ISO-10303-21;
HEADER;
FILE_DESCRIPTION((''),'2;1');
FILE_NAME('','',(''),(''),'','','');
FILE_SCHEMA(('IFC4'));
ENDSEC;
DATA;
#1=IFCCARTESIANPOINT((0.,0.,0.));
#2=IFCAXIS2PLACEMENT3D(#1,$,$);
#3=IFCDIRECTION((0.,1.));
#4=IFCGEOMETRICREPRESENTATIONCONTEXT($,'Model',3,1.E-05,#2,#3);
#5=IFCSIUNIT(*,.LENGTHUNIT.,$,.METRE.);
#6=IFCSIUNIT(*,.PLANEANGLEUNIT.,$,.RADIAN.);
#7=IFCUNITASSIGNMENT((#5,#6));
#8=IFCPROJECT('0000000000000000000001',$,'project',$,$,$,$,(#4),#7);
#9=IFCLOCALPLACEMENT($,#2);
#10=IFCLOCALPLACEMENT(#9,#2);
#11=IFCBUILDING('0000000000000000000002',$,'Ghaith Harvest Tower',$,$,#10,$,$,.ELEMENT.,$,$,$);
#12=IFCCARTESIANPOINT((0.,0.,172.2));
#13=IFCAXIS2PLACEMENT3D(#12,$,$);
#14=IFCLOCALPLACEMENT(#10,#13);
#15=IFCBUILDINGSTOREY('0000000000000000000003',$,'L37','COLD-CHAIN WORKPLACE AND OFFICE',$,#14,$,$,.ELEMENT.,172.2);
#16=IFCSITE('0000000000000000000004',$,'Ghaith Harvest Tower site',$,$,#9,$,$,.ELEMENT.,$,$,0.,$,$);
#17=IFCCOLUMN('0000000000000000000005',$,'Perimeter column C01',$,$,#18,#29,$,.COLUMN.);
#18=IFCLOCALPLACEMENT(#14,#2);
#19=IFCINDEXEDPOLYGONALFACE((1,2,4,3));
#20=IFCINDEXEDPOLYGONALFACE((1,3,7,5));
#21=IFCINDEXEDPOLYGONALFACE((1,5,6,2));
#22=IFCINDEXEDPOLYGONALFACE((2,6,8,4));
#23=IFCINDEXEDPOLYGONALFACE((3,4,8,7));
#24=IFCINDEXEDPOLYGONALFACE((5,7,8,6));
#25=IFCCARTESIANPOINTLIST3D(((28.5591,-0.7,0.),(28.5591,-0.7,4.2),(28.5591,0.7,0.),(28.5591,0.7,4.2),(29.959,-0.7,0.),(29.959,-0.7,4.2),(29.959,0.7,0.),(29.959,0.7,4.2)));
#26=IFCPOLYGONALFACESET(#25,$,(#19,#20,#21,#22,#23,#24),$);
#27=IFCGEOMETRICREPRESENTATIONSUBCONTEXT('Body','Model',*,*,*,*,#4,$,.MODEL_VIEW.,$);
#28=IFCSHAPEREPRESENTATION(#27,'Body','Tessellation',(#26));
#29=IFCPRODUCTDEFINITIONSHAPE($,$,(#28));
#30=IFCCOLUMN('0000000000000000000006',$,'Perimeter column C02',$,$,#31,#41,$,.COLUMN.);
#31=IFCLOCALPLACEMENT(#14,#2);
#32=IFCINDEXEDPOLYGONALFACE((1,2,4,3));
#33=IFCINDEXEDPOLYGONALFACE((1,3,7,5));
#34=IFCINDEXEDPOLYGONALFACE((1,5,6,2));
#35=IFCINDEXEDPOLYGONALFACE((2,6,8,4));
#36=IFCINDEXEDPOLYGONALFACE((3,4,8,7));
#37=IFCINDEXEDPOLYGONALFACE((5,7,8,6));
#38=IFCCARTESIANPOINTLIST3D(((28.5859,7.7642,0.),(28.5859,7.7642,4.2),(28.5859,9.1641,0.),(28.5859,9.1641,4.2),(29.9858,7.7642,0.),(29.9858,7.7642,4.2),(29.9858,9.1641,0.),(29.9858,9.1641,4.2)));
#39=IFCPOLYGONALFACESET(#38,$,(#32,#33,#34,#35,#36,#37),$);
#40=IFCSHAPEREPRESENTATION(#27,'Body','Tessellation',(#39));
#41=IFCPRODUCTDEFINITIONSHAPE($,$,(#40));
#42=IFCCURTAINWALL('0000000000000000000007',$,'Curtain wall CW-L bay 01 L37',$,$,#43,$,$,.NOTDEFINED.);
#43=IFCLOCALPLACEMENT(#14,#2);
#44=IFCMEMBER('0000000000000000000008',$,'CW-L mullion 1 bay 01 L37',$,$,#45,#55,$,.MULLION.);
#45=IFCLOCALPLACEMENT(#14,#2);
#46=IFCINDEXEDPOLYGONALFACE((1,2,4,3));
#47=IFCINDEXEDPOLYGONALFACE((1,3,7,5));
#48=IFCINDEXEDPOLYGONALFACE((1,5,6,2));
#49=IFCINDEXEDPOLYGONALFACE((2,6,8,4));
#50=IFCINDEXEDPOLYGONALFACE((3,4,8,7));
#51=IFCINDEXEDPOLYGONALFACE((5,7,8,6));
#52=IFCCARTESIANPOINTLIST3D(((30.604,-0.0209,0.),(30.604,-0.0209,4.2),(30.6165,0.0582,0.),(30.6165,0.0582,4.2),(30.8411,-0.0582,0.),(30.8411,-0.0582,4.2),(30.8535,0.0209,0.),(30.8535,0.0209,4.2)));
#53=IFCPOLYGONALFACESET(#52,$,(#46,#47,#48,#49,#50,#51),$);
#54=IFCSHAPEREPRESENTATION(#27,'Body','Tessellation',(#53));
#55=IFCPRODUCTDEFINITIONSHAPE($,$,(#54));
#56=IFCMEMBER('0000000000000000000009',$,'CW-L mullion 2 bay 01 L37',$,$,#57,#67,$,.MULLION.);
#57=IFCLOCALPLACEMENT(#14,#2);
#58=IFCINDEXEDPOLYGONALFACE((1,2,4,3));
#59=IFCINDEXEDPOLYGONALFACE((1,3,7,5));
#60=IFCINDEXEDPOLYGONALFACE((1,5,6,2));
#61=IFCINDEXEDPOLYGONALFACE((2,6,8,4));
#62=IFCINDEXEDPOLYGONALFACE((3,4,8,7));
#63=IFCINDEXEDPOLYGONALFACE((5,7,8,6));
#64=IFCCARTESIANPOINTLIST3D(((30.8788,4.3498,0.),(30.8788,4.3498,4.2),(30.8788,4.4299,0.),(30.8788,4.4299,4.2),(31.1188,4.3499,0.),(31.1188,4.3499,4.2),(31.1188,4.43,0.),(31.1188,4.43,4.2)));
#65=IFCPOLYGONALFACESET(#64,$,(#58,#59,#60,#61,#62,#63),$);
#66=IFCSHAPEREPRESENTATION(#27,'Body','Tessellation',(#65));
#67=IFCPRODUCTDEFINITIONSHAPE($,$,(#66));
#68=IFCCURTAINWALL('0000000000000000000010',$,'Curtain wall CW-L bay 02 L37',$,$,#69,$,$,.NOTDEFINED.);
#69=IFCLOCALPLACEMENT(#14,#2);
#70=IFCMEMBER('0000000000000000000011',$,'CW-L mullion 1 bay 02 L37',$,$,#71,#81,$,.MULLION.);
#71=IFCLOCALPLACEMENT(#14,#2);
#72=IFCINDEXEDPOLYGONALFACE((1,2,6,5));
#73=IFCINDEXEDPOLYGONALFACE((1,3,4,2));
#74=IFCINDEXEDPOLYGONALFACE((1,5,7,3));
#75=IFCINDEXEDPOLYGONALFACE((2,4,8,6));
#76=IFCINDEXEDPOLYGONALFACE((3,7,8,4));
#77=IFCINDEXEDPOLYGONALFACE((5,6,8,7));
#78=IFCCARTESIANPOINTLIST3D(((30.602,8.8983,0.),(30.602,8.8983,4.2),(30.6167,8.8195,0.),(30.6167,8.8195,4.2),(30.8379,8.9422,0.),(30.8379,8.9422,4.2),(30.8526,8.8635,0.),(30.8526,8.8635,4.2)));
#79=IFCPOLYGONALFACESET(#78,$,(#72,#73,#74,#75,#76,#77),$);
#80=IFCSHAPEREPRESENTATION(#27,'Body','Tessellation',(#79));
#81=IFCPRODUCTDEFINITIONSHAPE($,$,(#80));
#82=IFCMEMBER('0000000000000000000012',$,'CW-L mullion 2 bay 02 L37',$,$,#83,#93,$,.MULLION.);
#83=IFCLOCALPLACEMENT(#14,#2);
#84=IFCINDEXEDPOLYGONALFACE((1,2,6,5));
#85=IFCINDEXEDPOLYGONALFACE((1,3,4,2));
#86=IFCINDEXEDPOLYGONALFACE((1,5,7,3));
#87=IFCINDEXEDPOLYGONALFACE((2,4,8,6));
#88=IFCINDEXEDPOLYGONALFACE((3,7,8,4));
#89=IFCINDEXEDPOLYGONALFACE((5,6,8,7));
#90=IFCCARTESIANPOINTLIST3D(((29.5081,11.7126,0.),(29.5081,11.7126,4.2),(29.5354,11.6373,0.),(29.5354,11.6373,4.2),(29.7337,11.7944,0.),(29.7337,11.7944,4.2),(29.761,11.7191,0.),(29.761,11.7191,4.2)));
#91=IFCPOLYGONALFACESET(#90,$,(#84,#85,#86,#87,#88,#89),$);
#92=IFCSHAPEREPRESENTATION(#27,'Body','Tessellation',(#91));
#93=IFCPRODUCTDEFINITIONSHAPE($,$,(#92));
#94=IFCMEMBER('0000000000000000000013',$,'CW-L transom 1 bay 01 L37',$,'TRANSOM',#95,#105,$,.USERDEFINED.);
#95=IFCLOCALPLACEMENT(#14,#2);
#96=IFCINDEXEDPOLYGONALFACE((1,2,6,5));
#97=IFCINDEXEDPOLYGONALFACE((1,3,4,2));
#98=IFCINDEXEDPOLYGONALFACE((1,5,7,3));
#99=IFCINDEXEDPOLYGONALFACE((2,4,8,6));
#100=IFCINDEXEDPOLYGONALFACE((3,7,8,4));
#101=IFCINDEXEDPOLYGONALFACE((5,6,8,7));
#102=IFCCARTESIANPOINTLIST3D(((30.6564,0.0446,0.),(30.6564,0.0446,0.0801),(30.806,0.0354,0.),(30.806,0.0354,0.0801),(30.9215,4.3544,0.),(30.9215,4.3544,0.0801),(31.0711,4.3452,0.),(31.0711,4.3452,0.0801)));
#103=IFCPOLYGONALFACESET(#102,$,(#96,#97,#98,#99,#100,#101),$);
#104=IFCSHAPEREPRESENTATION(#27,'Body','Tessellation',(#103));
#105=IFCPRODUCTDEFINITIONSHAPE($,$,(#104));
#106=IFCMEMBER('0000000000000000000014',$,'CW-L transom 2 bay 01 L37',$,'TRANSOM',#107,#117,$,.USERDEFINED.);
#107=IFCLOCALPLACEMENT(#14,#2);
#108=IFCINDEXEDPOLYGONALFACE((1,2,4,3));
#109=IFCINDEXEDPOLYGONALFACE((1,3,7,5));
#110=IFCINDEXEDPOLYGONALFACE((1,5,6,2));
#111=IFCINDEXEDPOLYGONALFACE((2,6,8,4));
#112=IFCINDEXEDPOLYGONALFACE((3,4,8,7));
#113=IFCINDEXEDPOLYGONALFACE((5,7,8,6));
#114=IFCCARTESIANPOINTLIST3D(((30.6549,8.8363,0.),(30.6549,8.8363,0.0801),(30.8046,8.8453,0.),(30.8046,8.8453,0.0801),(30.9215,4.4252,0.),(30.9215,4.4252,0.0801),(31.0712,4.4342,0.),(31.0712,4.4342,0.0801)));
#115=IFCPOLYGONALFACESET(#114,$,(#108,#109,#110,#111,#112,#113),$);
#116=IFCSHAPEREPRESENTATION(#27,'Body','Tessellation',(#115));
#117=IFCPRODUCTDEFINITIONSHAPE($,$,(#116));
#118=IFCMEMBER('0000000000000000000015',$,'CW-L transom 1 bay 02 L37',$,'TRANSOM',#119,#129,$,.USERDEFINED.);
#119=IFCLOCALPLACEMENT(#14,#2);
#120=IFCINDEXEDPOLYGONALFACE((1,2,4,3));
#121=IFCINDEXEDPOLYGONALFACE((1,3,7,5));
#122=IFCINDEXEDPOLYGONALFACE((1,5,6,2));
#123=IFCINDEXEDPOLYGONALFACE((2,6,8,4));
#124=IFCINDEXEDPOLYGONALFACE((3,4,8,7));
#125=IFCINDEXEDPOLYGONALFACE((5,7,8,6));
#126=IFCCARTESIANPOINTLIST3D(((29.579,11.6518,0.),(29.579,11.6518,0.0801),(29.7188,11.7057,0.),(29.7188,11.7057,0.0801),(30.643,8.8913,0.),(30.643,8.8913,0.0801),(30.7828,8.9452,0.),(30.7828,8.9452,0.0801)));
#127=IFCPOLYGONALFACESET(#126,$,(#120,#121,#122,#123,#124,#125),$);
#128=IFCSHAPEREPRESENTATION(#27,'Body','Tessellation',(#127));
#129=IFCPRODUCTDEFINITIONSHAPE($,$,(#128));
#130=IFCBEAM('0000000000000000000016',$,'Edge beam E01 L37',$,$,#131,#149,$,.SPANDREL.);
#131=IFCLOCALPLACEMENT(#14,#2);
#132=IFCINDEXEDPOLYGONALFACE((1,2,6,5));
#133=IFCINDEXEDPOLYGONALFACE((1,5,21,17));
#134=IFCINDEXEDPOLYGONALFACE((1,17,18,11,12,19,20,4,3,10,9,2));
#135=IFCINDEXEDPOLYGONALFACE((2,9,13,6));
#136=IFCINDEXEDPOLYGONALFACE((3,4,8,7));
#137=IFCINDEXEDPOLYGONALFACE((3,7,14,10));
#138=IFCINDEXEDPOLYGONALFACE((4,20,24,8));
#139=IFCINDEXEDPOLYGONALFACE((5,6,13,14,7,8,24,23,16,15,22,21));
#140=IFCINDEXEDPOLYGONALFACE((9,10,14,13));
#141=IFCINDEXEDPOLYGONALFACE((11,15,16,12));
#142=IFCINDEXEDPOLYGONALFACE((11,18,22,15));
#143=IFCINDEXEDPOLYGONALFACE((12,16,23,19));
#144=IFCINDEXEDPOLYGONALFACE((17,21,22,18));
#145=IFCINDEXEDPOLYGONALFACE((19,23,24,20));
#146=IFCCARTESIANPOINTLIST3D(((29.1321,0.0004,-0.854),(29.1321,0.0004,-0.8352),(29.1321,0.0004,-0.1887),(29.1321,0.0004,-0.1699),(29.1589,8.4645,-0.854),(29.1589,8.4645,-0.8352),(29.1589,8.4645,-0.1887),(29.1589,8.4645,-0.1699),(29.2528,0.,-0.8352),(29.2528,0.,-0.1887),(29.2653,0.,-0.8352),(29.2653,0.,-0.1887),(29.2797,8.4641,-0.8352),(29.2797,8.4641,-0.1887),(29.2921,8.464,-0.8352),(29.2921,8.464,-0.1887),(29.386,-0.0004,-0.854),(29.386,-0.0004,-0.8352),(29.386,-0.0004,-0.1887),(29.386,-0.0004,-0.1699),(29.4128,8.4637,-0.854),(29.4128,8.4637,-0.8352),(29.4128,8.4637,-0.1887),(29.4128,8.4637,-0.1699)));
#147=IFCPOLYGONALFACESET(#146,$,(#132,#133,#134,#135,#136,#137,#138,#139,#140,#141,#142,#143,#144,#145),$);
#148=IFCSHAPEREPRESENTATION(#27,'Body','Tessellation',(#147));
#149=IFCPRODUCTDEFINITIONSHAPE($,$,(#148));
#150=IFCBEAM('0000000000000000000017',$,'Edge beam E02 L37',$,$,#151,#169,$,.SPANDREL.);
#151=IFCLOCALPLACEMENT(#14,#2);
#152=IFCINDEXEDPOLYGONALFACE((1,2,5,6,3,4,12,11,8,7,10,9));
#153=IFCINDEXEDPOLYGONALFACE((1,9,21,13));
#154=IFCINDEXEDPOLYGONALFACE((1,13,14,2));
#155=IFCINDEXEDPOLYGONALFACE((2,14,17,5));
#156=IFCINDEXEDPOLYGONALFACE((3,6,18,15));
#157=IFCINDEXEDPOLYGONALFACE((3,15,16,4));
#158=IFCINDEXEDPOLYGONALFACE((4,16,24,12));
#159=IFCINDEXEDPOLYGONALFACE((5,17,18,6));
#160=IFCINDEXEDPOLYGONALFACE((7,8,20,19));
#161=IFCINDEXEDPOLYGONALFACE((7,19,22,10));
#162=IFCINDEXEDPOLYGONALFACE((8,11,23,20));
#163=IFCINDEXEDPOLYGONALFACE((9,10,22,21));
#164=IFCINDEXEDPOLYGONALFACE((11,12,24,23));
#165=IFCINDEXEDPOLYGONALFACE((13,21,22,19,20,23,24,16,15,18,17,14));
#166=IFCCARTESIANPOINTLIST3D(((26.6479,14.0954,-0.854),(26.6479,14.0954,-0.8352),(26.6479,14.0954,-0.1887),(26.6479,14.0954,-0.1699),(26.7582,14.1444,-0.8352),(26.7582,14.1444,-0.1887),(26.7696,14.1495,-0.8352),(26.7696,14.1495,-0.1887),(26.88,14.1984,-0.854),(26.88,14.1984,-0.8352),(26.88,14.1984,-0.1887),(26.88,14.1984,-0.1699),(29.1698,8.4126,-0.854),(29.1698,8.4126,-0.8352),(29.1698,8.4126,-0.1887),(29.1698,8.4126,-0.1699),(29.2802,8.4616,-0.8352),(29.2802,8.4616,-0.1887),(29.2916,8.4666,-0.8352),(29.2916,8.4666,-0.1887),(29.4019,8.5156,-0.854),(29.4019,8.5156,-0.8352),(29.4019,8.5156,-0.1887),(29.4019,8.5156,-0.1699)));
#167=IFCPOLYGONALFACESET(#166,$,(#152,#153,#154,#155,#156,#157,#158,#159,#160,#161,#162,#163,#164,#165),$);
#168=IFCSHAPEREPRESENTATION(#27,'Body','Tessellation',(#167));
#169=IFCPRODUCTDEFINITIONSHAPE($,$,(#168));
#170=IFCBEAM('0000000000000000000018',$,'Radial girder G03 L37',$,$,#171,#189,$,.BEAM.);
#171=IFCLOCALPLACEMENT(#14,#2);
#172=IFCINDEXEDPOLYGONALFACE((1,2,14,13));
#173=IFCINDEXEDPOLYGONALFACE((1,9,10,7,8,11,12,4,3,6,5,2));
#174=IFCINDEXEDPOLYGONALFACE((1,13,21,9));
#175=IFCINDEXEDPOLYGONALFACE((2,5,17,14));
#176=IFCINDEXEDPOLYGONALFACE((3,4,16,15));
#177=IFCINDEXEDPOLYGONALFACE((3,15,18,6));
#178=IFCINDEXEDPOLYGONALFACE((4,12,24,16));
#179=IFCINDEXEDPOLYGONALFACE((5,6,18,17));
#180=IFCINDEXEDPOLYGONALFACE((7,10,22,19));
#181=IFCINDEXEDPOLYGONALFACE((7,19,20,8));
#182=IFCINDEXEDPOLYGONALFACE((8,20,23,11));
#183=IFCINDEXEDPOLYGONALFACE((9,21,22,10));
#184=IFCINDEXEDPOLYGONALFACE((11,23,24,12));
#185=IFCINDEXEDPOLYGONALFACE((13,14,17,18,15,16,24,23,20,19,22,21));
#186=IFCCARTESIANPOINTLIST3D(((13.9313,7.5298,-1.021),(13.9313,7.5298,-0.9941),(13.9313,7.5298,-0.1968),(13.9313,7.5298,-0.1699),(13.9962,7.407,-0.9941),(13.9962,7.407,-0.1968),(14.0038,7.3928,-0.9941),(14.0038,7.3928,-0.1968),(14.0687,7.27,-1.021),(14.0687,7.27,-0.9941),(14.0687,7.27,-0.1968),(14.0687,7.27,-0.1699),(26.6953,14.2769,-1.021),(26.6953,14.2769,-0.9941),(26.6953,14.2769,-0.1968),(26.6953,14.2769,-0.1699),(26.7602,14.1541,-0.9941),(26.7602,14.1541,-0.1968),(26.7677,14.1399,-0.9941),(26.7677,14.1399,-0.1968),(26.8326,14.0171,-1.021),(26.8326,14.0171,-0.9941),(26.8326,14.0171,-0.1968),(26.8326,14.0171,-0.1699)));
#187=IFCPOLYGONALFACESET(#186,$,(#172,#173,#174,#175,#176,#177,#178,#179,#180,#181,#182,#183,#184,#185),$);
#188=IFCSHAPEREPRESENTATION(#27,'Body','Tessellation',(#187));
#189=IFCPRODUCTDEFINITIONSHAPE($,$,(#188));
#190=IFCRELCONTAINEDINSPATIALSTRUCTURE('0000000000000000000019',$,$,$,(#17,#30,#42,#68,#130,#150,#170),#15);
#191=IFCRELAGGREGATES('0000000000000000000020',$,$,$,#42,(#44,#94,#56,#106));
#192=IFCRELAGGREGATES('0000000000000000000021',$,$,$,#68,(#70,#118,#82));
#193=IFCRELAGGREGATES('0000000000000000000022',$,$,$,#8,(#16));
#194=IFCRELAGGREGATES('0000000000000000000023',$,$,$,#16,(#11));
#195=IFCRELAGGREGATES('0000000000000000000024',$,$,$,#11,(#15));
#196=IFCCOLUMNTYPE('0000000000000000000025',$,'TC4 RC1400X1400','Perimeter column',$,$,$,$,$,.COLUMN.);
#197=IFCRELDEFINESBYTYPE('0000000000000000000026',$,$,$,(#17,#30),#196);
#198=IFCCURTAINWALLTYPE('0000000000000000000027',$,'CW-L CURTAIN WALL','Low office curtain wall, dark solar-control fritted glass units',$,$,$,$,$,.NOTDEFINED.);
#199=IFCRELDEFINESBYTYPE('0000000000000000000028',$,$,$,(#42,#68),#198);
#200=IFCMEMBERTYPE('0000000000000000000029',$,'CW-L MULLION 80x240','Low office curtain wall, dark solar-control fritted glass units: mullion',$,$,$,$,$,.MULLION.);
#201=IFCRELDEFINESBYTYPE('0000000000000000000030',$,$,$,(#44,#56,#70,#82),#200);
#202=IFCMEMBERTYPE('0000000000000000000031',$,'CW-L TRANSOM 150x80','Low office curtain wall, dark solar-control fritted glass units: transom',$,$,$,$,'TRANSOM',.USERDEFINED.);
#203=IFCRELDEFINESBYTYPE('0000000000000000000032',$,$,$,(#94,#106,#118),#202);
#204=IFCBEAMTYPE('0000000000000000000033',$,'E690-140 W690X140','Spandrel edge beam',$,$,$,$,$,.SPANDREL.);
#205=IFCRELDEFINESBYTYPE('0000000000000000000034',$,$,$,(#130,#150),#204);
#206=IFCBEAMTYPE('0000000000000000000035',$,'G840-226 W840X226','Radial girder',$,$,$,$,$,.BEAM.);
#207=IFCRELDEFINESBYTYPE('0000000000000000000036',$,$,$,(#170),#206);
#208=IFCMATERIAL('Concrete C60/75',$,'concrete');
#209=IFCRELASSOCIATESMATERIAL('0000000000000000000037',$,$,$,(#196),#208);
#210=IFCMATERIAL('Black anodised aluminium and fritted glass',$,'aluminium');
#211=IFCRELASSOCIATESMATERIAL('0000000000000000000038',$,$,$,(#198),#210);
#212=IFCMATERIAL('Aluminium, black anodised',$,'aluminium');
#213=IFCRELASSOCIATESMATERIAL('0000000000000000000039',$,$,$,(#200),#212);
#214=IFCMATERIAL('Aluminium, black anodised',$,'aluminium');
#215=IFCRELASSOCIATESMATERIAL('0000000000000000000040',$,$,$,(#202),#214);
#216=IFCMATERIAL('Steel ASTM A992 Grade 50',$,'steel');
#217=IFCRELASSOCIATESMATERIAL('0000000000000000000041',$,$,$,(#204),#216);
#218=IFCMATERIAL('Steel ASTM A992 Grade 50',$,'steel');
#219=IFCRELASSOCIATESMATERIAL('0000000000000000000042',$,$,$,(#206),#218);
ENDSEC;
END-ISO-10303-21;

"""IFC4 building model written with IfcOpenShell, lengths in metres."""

from ifc_helpers import new_model, si_unit, direction, frame, origin, origin_2d, place, context, subcontext, project, spatial, rectangle, i_section, extrude, material, material_profile, profile_set, type_object, element, aggregate, save


model = new_model("IFC4")

# Units and contexts
model_context = context("Model", 3, precision=1e-05, world=origin(), true_north=direction((0.0, 1.0)))
body_context = subcontext(model_context, "Body", "Model", "MODEL_VIEW")
ifc_project = project(units=[si_unit("LENGTHUNIT", "METRE"), si_unit("PLANEANGLEUNIT", "RADIAN")], contexts=[model_context])

# Site, building, storey
site_placement = place(None, origin())
site = spatial("IfcSite", under=ifc_project, at=site_placement, Name="Ghaith Harvest Tower site", CompositionType="ELEMENT", RefElevation=0.0)
building_placement = place(site_placement, origin())
building = spatial("IfcBuilding", under=site, at=building_placement, Name="Ghaith Harvest Tower", CompositionType="ELEMENT")
storey_placement = place(building_placement, frame((0.0, 0.0, 172.2)))
storey = spatial("IfcBuildingStorey", under=building, at=storey_placement, Name="L37", Description="COLD-CHAIN WORKPLACE AND OFFICE", CompositionType="ELEMENT", Elevation=172.2)

# Columns
ifc_material_1 = material(Name="Concrete C60/75", Category="concrete")
ifc_material_profile_1 = material_profile(ifc_material_1, rectangle(XDim=1.3999, YDim=1.3999, at=origin_2d()), Name="RC1400X1400")
ifc_profile_set_1 = profile_set([ifc_material_profile_1], Name="Concrete C60/75")
column_type = type_object("IfcColumnType", Name="TC4 RC1400X1400", Description="Perimeter column", PredefinedType="COLUMN", material=ifc_profile_set_1)
for number, where, z_axis, x_axis, name in (
    (1, (29.259, 0.0, 0.0), (0.0, 0.0, 1.0), (1.0, 0.0, 0.0), "Perimeter column C01"),
    (2, (29.2859, 8.4641, 0.0), (0.0, 0.0, 1.0), (1.0, 0.0, 0.0), "Perimeter column C02"),
):
    element("IfcColumn", number, at=place(storey_placement, frame(where, z_axis=z_axis, x_axis=x_axis)), inside=storey, type_object=column_type, Name=name, PredefinedType="COLUMN", context=body_context, shape_type="SweptSolid", body=[
        extrude(rectangle(XDim=1.3999, YDim=1.3999, at=origin_2d()), origin(), (0.0, 0.0, 1.0), 4.2),
    ])

# Curtain walls, members
ifc_material_2 = material(Name="Black anodised aluminium and fritted glass", Category="aluminium")
curtain_wall_type = type_object("IfcCurtainWallType", Name="CW-L CURTAIN WALL", Description="Low office curtain wall, dark solar-control fritted glass units", PredefinedType="NOTDEFINED", material=ifc_material_2)
curtain_wall_1_placement = place(storey_placement, origin())
curtain_wall_1 = element("IfcCurtainWall", 3, at=curtain_wall_1_placement, inside=storey, type_object=curtain_wall_type, Name="Curtain wall CW-L bay 01 L37", PredefinedType="NOTDEFINED")
ifc_material_3 = material(Name="Aluminium, black anodised", Category="aluminium")
ifc_material_profile_2 = material_profile(ifc_material_3, rectangle(XDim=0.0801, YDim=0.24, at=origin_2d()), Name="CW-L MULLION 80x240")
ifc_profile_set_2 = profile_set([ifc_material_profile_2], Name="Aluminium, black anodised")
member_type_1 = type_object("IfcMemberType", Name="CW-L MULLION 80x240", Description="Low office curtain wall, dark solar-control fritted glass units: mullion", PredefinedType="MULLION", material=ifc_profile_set_2)
member_1_placement = place(storey_placement, frame((30.7288, 0.0, 0.0), z_axis=(0.0, 0.0, 1.0), x_axis=(0.155597, 0.987821, 0.0)))
member_1 = element("IfcMember", 4, at=member_1_placement, type_object=member_type_1, Name="CW-L mullion 1 bay 01 L37", PredefinedType="MULLION", context=body_context, shape_type="SweptSolid", body=[
    extrude(rectangle(XDim=0.0801, YDim=0.24, at=origin_2d()), origin(), (0.0, 0.0, 1.0), 4.2),
])
member_2_placement = place(storey_placement, frame((30.9988, 4.3899, 0.0), z_axis=(0.0, 0.0, 1.0), x_axis=(-0.000162, 1.0, 0.0)))
member_2 = element("IfcMember", 5, at=member_2_placement, type_object=member_type_1, Name="CW-L mullion 2 bay 01 L37", PredefinedType="MULLION", context=body_context, shape_type="SweptSolid", body=[
    extrude(rectangle(XDim=0.0801, YDim=0.24, at=origin_2d()), origin(), (0.0, 0.0, 1.0), 4.2),
])
curtain_wall_2_placement = place(storey_placement, origin())
curtain_wall_2 = element("IfcCurtainWall", 6, at=curtain_wall_2_placement, inside=storey, type_object=curtain_wall_type, Name="Curtain wall CW-L bay 02 L37", PredefinedType="NOTDEFINED")
member_3_placement = place(storey_placement, frame((30.7273, 8.8809, 0.0), z_axis=(0.0, 0.0, 1.0), x_axis=(-0.18307, 0.9831, 0.0)))
member_3 = element("IfcMember", 7, at=member_3_placement, type_object=member_type_1, Name="CW-L mullion 1 bay 02 L37", PredefinedType="MULLION", context=body_context, shape_type="SweptSolid", body=[
    extrude(rectangle(XDim=0.0801, YDim=0.24, at=origin_2d()), origin(), (0.0, 0.0, 1.0), 4.2),
])
member_4_placement = place(storey_placement, frame((29.6345, 11.7158, 0.0), z_axis=(0.0, 0.0, 1.0), x_axis=(-0.340771, 0.940146, 0.0)))
member_4 = element("IfcMember", 8, at=member_4_placement, type_object=member_type_1, Name="CW-L mullion 2 bay 02 L37", PredefinedType="MULLION", context=body_context, shape_type="SweptSolid", body=[
    extrude(rectangle(XDim=0.0801, YDim=0.24, at=origin_2d()), origin(), (0.0, 0.0, 1.0), 4.2),
])

# Members
ifc_material_4 = material(Name="Aluminium, black anodised", Category="aluminium")
ifc_material_profile_3 = material_profile(ifc_material_4, rectangle(XDim=0.1499, YDim=0.0801, at=origin_2d()), Name="CW-L TRANSOM 150x80")
ifc_profile_set_3 = profile_set([ifc_material_profile_3], Name="Aluminium, black anodised")
member_type_2 = type_object("IfcMemberType", Name="CW-L TRANSOM 150x80", Description="Low office curtain wall, dark solar-control fritted glass units: transom", ElementType="TRANSOM", PredefinedType="USERDEFINED", material=ifc_profile_set_3)
member_5_placement = place(storey_placement, frame((30.7312, 0.04, 0.04), z_axis=(0.061403, 0.998113, 0.0), x_axis=(-0.998113, 0.061403, 0.0)))
member_5 = element("IfcMember", 9, at=member_5_placement, type_object=member_type_2, Name="CW-L transom 1 bay 01 L37", ObjectType="TRANSOM", PredefinedType="USERDEFINED", context=body_context, shape_type="SweptSolid", body=[
    extrude(rectangle(XDim=0.1499, YDim=0.0801, at=origin_2d()), origin(), (0.0, 0.0, 1.0), 4.3179),
])
member_6_placement = place(storey_placement, frame((30.9963, 4.4297, 0.04), z_axis=(-0.060328, 0.998179, 0.0), x_axis=(-0.998179, -0.060328, 0.0)))
member_6 = element("IfcMember", 10, at=member_6_placement, type_object=member_type_2, Name="CW-L transom 2 bay 01 L37", ObjectType="TRANSOM", PredefinedType="USERDEFINED", context=body_context, shape_type="SweptSolid", body=[
    extrude(rectangle(XDim=0.1499, YDim=0.0801, at=origin_2d()), origin(), (0.0, 0.0, 1.0), 4.4192),
])
member_7_placement = place(storey_placement, frame((30.7129, 8.9182, 0.04), z_axis=(-0.359637, 0.933092, 0.0), x_axis=(-0.933092, -0.359637, 0.0)))
member_7 = element("IfcMember", 11, at=member_7_placement, type_object=member_type_2, Name="CW-L transom 1 bay 02 L37", ObjectType="TRANSOM", PredefinedType="USERDEFINED", context=body_context, shape_type="SweptSolid", body=[
    extrude(rectangle(XDim=0.1499, YDim=0.0801, at=origin_2d()), origin(), (0.0, 0.0, 1.0), 2.9585),
])

# Beams
ifc_material_5 = material(Name="Steel ASTM A992 Grade 50", Category="steel")
ifc_material_profile_4 = material_profile(ifc_material_5, i_section(OverallWidth=0.2539, OverallDepth=0.6841, WebThickness=0.0125, FlangeThickness=0.0188, at=origin_2d()), Name="W690X140")
ifc_profile_set_4 = profile_set([ifc_material_profile_4], Name="Steel ASTM A992 Grade 50")
beam_type_1 = type_object("IfcBeamType", Name="E690-140 W690X140", Description="Spandrel edge beam", PredefinedType="SPANDREL", material=ifc_profile_set_4)
beam_1_placement = place(storey_placement, frame((29.259, 0.0, -0.512), z_axis=(0.003173, 0.999995, 0.0), x_axis=(-0.999995, 0.003173, 0.0)))
element("IfcBeam", 12, at=beam_1_placement, inside=storey, type_object=beam_type_1, Name="Edge beam E01 L37", PredefinedType="SPANDREL", context=body_context, shape_type="SweptSolid", body=[
    extrude(i_section(OverallWidth=0.2539, OverallDepth=0.6841, WebThickness=0.0125, FlangeThickness=0.0188, at=origin_2d()), origin(), (0.0, 0.0, 1.0), 8.4641),
])
beam_2_placement = place(storey_placement, frame((29.2859, 8.4641, -0.512), z_axis=(-0.405636, 0.914035, 0.0), x_axis=(-0.914035, -0.405636, 0.0)))
element("IfcBeam", 13, at=beam_2_placement, inside=storey, type_object=beam_type_1, Name="Edge beam E02 L37", PredefinedType="SPANDREL", context=body_context, shape_type="SweptSolid", body=[
    extrude(i_section(OverallWidth=0.2539, OverallDepth=0.6841, WebThickness=0.0125, FlangeThickness=0.0188, at=origin_2d()), origin(), (0.0, 0.0, 1.0), 6.2173),
])
ifc_material_6 = material(Name="Steel ASTM A992 Grade 50", Category="steel")
ifc_material_profile_5 = material_profile(ifc_material_6, i_section(OverallWidth=0.2939, OverallDepth=0.8511, WebThickness=0.0161, FlangeThickness=0.0269, at=origin_2d()), Name="W840X226")
ifc_profile_set_5 = profile_set([ifc_material_profile_5], Name="Steel ASTM A992 Grade 50")
beam_type_2 = type_object("IfcBeamType", Name="G840-226 W840X226", Description="Radial girder", PredefinedType="BEAM", material=ifc_profile_set_5)
beam_3_placement = place(storey_placement, frame((14.0, 7.3999, -0.5955), z_axis=(0.884083, 0.467331, 0.0), x_axis=(-0.467331, 0.884083, 0.0)))
element("IfcBeam", 14, at=beam_3_placement, inside=storey, type_object=beam_type_2, Name="Radial girder G03 L37", PredefinedType="BEAM", context=body_context, shape_type="SweptSolid", body=[
    extrude(i_section(OverallWidth=0.2939, OverallDepth=0.8511, WebThickness=0.0161, FlangeThickness=0.0269, at=origin_2d()), origin(), (0.0, 0.0, 1.0), 14.4375),
])

aggregate(curtain_wall_1, [member_1, member_5, member_2, member_6])
aggregate(curtain_wall_2, [member_3, member_7, member_4])

save(model, "model.ifc")
